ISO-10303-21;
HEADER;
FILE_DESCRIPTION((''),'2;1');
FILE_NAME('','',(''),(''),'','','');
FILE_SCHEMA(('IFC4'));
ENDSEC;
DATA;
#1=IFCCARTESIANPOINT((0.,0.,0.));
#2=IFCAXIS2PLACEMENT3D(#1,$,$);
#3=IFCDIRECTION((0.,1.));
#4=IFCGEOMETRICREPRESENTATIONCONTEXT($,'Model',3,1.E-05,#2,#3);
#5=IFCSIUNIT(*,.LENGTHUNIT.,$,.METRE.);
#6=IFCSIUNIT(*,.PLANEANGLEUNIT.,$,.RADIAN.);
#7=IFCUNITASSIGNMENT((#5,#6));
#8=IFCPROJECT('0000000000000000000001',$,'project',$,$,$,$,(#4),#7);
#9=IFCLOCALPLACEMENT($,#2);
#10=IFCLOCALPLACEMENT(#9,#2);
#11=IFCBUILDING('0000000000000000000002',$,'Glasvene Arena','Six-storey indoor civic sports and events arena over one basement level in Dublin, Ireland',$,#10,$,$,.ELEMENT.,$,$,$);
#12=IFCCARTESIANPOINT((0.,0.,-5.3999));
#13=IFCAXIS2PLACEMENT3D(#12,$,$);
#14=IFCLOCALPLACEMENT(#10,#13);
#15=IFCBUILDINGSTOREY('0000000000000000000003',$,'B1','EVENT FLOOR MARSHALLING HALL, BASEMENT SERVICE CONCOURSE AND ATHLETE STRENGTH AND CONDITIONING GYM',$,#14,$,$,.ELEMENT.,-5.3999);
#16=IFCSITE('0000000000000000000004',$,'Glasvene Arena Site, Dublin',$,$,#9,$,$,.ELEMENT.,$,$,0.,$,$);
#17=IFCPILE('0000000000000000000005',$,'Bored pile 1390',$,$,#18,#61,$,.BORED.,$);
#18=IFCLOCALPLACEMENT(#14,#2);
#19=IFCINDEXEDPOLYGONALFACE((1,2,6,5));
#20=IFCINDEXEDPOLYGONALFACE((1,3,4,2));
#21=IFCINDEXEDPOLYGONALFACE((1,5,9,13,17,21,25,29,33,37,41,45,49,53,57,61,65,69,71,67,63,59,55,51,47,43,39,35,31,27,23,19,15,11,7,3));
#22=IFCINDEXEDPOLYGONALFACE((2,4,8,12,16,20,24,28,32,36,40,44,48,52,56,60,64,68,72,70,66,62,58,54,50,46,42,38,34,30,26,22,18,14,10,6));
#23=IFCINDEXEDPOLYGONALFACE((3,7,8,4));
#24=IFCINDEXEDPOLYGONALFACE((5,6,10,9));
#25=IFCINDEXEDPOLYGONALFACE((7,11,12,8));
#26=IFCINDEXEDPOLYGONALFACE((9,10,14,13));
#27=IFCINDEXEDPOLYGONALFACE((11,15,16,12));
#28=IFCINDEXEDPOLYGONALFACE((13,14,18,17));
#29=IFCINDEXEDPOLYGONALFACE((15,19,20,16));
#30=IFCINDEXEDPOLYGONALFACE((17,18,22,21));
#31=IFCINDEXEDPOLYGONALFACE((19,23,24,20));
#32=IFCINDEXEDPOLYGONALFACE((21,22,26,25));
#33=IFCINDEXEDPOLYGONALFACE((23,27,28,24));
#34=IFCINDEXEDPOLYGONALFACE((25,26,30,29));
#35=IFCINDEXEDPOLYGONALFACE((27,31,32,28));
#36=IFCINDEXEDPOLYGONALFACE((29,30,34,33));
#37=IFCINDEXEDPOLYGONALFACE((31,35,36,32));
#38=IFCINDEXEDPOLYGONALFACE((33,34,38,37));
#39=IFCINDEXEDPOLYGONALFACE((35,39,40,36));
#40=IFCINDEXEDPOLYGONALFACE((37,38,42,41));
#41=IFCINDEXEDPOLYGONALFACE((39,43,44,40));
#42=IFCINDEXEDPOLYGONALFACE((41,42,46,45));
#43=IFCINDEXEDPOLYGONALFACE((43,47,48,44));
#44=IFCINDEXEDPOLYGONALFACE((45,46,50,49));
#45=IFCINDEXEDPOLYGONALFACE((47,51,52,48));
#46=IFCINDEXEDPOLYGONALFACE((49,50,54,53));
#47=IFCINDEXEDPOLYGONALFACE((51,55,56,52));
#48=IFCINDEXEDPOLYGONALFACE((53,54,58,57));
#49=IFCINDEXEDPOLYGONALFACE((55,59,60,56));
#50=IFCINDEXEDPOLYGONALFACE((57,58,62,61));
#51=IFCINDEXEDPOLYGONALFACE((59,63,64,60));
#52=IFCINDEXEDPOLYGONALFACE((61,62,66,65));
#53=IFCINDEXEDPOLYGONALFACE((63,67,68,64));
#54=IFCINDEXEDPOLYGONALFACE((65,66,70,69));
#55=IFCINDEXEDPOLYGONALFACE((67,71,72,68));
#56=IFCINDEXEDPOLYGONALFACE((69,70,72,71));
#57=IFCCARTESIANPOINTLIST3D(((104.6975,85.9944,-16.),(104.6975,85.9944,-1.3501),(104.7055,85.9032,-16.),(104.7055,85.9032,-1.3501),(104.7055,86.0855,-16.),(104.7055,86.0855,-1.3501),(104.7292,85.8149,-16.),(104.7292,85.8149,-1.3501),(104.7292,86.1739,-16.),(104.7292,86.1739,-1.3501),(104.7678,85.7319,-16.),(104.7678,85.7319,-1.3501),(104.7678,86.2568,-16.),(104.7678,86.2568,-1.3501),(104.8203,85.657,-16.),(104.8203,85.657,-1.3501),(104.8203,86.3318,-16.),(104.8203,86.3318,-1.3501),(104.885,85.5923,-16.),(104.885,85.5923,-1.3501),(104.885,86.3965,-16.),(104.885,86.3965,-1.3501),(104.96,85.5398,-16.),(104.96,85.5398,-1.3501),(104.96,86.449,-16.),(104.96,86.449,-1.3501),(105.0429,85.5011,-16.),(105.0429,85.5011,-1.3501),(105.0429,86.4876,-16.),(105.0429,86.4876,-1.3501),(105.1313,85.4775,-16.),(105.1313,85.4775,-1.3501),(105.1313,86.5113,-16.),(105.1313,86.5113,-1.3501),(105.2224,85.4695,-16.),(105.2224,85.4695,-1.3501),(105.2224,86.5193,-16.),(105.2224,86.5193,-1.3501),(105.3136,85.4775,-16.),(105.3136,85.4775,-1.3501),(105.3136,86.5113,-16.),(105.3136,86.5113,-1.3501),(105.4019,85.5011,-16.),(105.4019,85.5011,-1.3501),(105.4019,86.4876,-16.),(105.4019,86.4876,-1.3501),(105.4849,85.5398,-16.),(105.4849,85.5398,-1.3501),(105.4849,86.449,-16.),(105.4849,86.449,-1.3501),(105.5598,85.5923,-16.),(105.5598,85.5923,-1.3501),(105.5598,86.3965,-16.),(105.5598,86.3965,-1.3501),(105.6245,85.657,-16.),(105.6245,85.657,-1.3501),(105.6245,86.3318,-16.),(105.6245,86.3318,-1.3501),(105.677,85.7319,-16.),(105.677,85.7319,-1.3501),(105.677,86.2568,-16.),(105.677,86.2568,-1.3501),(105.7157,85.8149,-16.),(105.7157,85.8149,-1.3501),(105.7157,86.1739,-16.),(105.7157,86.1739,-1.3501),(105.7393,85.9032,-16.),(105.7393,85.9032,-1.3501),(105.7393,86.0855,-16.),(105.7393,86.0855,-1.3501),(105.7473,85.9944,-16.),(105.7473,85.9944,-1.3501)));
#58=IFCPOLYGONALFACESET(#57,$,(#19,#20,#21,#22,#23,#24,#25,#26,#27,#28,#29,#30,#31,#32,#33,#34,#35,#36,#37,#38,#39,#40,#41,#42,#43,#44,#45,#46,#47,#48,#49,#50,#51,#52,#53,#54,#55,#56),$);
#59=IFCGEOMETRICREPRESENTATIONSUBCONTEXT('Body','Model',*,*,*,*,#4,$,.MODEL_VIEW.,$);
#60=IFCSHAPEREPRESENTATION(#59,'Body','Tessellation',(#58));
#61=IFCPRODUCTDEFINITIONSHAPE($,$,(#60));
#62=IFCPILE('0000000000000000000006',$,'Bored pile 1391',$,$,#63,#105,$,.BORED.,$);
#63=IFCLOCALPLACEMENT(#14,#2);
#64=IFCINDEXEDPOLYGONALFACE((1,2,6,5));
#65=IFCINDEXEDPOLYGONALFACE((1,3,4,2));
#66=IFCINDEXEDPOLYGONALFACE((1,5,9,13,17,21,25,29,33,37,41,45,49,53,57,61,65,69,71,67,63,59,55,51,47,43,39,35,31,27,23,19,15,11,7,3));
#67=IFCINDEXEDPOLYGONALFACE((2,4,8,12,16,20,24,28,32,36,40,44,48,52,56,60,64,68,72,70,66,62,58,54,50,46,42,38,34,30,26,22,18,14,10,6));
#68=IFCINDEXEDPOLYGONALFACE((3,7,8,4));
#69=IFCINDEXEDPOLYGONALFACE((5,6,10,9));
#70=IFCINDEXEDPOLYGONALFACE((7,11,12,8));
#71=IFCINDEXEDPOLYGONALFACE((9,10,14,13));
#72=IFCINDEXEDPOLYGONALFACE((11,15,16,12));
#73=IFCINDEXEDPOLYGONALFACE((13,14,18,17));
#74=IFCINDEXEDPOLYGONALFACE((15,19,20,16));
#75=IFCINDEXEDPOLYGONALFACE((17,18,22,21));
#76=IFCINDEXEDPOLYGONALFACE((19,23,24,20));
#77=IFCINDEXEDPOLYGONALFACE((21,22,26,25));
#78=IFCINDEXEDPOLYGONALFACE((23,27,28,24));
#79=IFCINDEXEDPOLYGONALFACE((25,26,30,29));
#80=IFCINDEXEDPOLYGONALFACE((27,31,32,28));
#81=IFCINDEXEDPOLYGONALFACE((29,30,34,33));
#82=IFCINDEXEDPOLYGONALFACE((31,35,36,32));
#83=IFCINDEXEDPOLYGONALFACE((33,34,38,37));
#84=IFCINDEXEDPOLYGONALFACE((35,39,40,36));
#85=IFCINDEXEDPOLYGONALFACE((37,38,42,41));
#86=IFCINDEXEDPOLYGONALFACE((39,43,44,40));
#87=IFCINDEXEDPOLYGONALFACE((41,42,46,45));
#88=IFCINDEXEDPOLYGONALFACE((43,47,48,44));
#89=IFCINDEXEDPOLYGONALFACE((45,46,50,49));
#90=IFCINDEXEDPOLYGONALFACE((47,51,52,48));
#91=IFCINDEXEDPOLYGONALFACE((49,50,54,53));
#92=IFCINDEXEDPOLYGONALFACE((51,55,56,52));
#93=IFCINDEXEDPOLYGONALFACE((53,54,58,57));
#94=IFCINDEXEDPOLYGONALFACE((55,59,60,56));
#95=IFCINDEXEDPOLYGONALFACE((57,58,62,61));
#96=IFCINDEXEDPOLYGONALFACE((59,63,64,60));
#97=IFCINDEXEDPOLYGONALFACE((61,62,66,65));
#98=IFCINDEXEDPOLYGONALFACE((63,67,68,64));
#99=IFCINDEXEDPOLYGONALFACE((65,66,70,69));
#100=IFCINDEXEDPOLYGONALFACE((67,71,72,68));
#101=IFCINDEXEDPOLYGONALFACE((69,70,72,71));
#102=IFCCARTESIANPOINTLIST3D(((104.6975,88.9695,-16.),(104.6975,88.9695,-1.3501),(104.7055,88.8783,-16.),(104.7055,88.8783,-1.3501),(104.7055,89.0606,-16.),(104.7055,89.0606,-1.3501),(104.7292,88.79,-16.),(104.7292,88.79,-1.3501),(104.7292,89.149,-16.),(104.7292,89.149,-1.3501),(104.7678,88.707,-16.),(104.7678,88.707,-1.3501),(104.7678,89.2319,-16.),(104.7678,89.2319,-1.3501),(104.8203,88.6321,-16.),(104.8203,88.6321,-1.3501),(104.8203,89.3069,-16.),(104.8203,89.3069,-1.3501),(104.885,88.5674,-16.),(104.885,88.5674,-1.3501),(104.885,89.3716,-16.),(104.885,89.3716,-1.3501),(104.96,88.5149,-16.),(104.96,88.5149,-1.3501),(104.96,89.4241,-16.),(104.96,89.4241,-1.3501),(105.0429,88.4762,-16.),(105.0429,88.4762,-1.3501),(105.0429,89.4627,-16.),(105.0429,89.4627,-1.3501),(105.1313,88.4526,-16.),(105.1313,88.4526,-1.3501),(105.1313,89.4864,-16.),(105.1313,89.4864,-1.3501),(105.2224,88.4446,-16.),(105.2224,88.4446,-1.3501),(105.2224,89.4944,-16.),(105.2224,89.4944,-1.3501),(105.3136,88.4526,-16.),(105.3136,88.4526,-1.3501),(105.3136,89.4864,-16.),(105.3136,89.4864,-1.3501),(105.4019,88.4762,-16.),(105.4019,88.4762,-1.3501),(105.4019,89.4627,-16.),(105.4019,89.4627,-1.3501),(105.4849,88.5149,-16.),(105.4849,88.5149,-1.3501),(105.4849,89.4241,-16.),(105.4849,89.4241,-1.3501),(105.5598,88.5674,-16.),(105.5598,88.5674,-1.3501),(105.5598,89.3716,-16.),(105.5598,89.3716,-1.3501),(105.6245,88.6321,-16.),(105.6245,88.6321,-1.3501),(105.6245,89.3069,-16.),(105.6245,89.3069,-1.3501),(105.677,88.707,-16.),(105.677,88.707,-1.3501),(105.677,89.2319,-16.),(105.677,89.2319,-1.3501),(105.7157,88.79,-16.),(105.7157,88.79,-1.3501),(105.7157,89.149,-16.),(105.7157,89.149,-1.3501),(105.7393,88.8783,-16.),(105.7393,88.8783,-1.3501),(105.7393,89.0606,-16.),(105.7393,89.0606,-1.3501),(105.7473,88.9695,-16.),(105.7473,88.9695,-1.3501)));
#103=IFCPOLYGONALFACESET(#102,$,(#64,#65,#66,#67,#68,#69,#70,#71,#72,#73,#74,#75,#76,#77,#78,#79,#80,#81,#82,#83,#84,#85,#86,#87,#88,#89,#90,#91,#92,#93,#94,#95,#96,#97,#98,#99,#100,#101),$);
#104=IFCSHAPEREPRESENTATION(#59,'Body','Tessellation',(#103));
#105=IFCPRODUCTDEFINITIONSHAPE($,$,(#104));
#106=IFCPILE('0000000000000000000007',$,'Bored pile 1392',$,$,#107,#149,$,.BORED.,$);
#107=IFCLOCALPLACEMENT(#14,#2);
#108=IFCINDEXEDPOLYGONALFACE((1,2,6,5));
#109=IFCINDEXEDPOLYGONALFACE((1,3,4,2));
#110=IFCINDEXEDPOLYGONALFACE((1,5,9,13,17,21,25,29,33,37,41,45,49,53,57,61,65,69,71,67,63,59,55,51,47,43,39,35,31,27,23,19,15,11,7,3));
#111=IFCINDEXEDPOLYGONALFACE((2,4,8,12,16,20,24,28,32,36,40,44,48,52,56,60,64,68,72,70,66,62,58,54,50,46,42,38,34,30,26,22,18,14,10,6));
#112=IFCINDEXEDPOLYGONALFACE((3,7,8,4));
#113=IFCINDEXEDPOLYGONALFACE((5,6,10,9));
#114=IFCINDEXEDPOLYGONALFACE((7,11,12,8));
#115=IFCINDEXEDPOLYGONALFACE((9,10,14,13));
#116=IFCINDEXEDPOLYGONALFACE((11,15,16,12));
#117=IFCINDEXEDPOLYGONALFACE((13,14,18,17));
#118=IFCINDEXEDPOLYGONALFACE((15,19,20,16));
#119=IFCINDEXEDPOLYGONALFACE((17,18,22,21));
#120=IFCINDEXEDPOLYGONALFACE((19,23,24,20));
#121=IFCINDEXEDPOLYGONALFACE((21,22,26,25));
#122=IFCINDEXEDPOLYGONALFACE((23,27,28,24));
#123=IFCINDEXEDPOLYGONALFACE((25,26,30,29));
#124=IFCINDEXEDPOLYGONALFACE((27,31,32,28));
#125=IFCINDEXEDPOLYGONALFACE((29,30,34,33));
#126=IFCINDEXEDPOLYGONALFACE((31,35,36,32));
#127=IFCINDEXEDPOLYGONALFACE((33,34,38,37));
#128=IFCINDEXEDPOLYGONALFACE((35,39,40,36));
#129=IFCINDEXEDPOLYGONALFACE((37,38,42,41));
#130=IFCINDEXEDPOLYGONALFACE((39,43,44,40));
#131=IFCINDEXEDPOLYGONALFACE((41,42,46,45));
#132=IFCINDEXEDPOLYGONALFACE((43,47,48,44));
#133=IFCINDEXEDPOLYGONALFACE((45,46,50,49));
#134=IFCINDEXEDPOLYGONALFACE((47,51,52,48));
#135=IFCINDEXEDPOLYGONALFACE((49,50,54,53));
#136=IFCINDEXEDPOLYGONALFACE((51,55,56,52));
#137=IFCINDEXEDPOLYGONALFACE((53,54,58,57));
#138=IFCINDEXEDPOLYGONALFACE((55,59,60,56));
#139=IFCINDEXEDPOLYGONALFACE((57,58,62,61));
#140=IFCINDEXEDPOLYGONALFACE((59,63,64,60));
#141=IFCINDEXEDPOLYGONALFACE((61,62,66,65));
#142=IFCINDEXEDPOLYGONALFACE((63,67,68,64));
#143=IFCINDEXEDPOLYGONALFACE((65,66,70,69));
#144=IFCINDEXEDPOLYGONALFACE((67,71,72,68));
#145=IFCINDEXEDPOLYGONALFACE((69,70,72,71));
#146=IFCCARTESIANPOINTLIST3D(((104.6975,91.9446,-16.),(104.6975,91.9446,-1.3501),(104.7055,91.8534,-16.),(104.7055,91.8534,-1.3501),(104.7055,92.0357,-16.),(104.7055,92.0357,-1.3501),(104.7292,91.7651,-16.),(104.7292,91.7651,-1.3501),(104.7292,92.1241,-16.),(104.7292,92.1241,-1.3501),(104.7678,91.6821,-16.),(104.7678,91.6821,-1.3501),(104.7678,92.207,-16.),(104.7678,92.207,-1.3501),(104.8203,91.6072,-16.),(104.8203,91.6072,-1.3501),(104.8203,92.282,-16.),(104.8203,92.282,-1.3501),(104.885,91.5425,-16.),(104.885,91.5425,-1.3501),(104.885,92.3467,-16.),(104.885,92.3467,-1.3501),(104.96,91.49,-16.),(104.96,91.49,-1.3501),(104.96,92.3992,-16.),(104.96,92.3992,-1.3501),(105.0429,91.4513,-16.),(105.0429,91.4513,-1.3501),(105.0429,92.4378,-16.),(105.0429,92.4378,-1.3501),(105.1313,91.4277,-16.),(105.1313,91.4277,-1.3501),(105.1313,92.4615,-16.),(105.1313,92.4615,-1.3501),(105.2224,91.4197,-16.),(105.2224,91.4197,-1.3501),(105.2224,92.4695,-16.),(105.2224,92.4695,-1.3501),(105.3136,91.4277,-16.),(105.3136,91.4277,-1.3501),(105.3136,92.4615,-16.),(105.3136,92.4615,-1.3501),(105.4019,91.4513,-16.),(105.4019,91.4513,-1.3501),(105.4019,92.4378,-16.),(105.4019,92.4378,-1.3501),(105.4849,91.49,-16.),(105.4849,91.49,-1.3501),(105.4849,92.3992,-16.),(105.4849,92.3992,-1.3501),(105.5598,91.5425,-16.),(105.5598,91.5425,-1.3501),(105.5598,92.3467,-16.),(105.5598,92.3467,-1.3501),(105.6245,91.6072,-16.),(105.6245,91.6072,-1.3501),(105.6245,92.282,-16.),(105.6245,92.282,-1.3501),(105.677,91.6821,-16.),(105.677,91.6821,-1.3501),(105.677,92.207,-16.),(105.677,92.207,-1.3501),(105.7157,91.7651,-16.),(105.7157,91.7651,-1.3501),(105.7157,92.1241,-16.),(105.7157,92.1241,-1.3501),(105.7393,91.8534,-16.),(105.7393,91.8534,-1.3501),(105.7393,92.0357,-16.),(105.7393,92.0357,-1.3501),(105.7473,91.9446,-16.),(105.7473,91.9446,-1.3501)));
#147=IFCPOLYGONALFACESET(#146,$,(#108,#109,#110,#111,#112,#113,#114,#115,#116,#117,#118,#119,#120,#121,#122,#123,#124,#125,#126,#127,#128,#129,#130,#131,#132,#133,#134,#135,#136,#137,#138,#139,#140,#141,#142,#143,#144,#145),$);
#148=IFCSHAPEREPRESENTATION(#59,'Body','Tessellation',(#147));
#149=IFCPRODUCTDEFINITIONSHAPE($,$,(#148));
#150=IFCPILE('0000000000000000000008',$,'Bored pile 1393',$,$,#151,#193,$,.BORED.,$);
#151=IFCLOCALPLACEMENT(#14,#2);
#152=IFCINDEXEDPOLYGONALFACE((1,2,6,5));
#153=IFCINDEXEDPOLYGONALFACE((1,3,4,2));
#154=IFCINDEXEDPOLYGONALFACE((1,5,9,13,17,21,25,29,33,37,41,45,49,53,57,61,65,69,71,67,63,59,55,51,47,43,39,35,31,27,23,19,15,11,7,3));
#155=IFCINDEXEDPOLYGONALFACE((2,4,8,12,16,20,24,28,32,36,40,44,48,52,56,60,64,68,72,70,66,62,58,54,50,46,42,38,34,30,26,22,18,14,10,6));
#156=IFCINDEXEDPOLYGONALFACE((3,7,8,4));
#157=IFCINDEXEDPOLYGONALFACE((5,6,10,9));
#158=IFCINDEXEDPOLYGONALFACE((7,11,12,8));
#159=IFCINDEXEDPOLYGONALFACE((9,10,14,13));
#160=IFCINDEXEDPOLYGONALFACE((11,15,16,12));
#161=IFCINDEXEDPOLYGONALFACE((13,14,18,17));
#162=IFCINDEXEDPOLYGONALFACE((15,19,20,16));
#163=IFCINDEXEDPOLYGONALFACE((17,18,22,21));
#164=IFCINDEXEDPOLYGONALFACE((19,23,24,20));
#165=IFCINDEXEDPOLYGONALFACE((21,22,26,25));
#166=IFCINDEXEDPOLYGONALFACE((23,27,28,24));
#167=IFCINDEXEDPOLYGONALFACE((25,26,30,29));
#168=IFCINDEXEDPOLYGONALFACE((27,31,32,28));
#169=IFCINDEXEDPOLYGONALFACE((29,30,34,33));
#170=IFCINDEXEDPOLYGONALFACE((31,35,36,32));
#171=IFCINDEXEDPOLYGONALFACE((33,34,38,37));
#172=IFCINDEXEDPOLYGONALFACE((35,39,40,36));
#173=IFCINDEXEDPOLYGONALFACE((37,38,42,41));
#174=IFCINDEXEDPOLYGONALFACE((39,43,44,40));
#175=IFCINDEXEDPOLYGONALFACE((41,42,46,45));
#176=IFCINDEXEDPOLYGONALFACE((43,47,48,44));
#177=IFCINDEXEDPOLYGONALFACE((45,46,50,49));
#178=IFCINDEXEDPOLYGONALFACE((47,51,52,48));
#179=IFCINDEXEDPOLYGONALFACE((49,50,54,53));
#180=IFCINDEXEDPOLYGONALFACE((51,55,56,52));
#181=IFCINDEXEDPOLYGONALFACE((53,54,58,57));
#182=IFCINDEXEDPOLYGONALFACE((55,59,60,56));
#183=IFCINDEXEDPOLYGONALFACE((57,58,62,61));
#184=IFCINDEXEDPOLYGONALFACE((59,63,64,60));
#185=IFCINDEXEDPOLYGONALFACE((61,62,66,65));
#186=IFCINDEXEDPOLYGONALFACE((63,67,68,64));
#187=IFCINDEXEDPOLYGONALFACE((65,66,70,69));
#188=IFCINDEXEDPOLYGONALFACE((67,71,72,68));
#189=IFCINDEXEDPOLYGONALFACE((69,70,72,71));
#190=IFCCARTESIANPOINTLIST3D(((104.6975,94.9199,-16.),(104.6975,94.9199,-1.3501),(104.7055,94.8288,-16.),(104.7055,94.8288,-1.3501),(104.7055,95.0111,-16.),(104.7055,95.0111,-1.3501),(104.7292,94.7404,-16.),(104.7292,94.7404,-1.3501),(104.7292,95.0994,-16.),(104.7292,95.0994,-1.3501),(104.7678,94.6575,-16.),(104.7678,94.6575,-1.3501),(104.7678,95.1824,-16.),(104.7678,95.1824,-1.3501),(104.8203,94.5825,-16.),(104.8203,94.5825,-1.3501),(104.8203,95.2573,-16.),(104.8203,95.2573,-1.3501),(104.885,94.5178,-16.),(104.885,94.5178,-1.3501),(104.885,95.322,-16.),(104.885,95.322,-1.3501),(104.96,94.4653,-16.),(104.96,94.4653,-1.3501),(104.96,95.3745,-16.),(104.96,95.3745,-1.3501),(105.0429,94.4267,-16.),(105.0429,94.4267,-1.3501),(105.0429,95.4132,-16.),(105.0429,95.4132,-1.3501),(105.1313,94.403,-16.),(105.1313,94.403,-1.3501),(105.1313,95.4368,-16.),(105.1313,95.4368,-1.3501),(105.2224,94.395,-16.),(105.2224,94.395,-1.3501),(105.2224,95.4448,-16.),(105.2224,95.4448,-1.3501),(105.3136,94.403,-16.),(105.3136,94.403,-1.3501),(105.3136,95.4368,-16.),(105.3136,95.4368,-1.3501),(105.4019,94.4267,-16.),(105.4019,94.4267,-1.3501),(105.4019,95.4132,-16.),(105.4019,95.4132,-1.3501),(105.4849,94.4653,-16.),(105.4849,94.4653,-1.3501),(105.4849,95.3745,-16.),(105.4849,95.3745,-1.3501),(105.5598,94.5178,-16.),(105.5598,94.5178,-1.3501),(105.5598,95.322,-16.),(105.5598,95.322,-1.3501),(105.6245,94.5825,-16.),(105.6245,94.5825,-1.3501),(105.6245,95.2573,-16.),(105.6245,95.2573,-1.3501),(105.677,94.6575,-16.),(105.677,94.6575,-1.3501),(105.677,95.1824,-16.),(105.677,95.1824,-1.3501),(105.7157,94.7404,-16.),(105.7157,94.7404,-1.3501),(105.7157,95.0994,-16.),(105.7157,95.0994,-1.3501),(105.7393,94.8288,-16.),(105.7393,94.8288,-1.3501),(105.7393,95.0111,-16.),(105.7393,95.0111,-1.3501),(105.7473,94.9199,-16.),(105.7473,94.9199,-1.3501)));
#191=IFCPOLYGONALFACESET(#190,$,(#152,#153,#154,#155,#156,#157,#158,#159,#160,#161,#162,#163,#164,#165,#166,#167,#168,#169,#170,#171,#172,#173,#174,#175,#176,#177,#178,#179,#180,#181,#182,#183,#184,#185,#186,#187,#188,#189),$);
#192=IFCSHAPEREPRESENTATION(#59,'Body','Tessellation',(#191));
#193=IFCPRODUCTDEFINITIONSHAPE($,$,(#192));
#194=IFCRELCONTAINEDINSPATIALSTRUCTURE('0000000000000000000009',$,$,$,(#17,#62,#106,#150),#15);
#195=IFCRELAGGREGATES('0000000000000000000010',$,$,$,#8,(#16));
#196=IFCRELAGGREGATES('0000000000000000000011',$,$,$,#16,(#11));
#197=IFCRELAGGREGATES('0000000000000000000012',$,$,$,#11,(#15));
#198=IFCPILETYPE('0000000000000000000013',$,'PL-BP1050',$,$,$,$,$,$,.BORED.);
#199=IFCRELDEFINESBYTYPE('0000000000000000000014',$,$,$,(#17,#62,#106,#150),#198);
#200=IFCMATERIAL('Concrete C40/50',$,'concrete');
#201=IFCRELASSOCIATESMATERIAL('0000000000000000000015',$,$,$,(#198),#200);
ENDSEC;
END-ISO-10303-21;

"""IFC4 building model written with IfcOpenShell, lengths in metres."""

from ifc_helpers import new_model, si_unit, direction, frame, origin, origin_2d, place, context, subcontext, project, spatial, circle, extrude, material, material_profile, profile_set, type_object, element, save


model = new_model("IFC4")

# Units and contexts
model_context = context("Model", 3, precision=1e-05, world=origin(), true_north=direction((0.0, 1.0)))
body_context = subcontext(model_context, "Body", "Model", "MODEL_VIEW")
ifc_project = project(units=[si_unit("LENGTHUNIT", "METRE"), si_unit("PLANEANGLEUNIT", "RADIAN")], contexts=[model_context])

# Site, building, storey
site_placement = place(None, origin())
site = spatial("IfcSite", under=ifc_project, at=site_placement, Name="Glasvene Arena Site, Dublin", CompositionType="ELEMENT", RefElevation=0.0)
building_placement = place(site_placement, origin())
building = spatial("IfcBuilding", under=site, at=building_placement, Name="Glasvene Arena", Description="Six-storey indoor civic sports and events arena over one basement level in Dublin, Ireland", CompositionType="ELEMENT")
storey_placement = place(building_placement, frame((0.0, 0.0, -5.3999)))
storey = spatial("IfcBuildingStorey", under=building, at=storey_placement, Name="B1", Description="EVENT FLOOR MARSHALLING HALL, BASEMENT SERVICE CONCOURSE AND ATHLETE STRENGTH AND CONDITIONING GYM", CompositionType="ELEMENT", Elevation=-5.3999)

# Piles
ifc_material_1 = material(Name="Concrete C40/50", Category="concrete")
ifc_material_profile_1 = material_profile(ifc_material_1, circle(Radius=0.5249, at=origin_2d()), Name="BORED PILE 1050")
ifc_profile_set_1 = profile_set([ifc_material_profile_1], Name="Concrete C40/50")
pile_type = type_object("IfcPileType", Name="PL-BP1050", PredefinedType="BORED", material=ifc_profile_set_1)
for number, where, z_axis, x_axis, name in (
    (1, (105.2224, 85.9944, -1.3501), (0.0, 0.0, -1.0), (1.0, 0.0, 0.0), "Bored pile 1390"),
    (2, (105.2224, 88.9695, -1.3501), (0.0, 0.0, -1.0), (1.0, 0.0, 0.0), "Bored pile 1391"),
    (3, (105.2224, 91.9446, -1.3501), (0.0, 0.0, -1.0), (1.0, 0.0, 0.0), "Bored pile 1392"),
    (4, (105.2224, 94.9199, -1.3501), (0.0, 0.0, -1.0), (1.0, 0.0, 0.0), "Bored pile 1393"),
):
    element("IfcPile", number, at=place(storey_placement, frame(where, z_axis=z_axis, x_axis=x_axis)), inside=storey, type_object=pile_type, Name=name, PredefinedType="BORED", context=body_context, shape_type="SweptSolid", body=[
        extrude(circle(Radius=0.5249, at=origin_2d()), origin(), (0.0, 0.0, 1.0), 14.6499),
    ])

save(model, "model.ifc")
